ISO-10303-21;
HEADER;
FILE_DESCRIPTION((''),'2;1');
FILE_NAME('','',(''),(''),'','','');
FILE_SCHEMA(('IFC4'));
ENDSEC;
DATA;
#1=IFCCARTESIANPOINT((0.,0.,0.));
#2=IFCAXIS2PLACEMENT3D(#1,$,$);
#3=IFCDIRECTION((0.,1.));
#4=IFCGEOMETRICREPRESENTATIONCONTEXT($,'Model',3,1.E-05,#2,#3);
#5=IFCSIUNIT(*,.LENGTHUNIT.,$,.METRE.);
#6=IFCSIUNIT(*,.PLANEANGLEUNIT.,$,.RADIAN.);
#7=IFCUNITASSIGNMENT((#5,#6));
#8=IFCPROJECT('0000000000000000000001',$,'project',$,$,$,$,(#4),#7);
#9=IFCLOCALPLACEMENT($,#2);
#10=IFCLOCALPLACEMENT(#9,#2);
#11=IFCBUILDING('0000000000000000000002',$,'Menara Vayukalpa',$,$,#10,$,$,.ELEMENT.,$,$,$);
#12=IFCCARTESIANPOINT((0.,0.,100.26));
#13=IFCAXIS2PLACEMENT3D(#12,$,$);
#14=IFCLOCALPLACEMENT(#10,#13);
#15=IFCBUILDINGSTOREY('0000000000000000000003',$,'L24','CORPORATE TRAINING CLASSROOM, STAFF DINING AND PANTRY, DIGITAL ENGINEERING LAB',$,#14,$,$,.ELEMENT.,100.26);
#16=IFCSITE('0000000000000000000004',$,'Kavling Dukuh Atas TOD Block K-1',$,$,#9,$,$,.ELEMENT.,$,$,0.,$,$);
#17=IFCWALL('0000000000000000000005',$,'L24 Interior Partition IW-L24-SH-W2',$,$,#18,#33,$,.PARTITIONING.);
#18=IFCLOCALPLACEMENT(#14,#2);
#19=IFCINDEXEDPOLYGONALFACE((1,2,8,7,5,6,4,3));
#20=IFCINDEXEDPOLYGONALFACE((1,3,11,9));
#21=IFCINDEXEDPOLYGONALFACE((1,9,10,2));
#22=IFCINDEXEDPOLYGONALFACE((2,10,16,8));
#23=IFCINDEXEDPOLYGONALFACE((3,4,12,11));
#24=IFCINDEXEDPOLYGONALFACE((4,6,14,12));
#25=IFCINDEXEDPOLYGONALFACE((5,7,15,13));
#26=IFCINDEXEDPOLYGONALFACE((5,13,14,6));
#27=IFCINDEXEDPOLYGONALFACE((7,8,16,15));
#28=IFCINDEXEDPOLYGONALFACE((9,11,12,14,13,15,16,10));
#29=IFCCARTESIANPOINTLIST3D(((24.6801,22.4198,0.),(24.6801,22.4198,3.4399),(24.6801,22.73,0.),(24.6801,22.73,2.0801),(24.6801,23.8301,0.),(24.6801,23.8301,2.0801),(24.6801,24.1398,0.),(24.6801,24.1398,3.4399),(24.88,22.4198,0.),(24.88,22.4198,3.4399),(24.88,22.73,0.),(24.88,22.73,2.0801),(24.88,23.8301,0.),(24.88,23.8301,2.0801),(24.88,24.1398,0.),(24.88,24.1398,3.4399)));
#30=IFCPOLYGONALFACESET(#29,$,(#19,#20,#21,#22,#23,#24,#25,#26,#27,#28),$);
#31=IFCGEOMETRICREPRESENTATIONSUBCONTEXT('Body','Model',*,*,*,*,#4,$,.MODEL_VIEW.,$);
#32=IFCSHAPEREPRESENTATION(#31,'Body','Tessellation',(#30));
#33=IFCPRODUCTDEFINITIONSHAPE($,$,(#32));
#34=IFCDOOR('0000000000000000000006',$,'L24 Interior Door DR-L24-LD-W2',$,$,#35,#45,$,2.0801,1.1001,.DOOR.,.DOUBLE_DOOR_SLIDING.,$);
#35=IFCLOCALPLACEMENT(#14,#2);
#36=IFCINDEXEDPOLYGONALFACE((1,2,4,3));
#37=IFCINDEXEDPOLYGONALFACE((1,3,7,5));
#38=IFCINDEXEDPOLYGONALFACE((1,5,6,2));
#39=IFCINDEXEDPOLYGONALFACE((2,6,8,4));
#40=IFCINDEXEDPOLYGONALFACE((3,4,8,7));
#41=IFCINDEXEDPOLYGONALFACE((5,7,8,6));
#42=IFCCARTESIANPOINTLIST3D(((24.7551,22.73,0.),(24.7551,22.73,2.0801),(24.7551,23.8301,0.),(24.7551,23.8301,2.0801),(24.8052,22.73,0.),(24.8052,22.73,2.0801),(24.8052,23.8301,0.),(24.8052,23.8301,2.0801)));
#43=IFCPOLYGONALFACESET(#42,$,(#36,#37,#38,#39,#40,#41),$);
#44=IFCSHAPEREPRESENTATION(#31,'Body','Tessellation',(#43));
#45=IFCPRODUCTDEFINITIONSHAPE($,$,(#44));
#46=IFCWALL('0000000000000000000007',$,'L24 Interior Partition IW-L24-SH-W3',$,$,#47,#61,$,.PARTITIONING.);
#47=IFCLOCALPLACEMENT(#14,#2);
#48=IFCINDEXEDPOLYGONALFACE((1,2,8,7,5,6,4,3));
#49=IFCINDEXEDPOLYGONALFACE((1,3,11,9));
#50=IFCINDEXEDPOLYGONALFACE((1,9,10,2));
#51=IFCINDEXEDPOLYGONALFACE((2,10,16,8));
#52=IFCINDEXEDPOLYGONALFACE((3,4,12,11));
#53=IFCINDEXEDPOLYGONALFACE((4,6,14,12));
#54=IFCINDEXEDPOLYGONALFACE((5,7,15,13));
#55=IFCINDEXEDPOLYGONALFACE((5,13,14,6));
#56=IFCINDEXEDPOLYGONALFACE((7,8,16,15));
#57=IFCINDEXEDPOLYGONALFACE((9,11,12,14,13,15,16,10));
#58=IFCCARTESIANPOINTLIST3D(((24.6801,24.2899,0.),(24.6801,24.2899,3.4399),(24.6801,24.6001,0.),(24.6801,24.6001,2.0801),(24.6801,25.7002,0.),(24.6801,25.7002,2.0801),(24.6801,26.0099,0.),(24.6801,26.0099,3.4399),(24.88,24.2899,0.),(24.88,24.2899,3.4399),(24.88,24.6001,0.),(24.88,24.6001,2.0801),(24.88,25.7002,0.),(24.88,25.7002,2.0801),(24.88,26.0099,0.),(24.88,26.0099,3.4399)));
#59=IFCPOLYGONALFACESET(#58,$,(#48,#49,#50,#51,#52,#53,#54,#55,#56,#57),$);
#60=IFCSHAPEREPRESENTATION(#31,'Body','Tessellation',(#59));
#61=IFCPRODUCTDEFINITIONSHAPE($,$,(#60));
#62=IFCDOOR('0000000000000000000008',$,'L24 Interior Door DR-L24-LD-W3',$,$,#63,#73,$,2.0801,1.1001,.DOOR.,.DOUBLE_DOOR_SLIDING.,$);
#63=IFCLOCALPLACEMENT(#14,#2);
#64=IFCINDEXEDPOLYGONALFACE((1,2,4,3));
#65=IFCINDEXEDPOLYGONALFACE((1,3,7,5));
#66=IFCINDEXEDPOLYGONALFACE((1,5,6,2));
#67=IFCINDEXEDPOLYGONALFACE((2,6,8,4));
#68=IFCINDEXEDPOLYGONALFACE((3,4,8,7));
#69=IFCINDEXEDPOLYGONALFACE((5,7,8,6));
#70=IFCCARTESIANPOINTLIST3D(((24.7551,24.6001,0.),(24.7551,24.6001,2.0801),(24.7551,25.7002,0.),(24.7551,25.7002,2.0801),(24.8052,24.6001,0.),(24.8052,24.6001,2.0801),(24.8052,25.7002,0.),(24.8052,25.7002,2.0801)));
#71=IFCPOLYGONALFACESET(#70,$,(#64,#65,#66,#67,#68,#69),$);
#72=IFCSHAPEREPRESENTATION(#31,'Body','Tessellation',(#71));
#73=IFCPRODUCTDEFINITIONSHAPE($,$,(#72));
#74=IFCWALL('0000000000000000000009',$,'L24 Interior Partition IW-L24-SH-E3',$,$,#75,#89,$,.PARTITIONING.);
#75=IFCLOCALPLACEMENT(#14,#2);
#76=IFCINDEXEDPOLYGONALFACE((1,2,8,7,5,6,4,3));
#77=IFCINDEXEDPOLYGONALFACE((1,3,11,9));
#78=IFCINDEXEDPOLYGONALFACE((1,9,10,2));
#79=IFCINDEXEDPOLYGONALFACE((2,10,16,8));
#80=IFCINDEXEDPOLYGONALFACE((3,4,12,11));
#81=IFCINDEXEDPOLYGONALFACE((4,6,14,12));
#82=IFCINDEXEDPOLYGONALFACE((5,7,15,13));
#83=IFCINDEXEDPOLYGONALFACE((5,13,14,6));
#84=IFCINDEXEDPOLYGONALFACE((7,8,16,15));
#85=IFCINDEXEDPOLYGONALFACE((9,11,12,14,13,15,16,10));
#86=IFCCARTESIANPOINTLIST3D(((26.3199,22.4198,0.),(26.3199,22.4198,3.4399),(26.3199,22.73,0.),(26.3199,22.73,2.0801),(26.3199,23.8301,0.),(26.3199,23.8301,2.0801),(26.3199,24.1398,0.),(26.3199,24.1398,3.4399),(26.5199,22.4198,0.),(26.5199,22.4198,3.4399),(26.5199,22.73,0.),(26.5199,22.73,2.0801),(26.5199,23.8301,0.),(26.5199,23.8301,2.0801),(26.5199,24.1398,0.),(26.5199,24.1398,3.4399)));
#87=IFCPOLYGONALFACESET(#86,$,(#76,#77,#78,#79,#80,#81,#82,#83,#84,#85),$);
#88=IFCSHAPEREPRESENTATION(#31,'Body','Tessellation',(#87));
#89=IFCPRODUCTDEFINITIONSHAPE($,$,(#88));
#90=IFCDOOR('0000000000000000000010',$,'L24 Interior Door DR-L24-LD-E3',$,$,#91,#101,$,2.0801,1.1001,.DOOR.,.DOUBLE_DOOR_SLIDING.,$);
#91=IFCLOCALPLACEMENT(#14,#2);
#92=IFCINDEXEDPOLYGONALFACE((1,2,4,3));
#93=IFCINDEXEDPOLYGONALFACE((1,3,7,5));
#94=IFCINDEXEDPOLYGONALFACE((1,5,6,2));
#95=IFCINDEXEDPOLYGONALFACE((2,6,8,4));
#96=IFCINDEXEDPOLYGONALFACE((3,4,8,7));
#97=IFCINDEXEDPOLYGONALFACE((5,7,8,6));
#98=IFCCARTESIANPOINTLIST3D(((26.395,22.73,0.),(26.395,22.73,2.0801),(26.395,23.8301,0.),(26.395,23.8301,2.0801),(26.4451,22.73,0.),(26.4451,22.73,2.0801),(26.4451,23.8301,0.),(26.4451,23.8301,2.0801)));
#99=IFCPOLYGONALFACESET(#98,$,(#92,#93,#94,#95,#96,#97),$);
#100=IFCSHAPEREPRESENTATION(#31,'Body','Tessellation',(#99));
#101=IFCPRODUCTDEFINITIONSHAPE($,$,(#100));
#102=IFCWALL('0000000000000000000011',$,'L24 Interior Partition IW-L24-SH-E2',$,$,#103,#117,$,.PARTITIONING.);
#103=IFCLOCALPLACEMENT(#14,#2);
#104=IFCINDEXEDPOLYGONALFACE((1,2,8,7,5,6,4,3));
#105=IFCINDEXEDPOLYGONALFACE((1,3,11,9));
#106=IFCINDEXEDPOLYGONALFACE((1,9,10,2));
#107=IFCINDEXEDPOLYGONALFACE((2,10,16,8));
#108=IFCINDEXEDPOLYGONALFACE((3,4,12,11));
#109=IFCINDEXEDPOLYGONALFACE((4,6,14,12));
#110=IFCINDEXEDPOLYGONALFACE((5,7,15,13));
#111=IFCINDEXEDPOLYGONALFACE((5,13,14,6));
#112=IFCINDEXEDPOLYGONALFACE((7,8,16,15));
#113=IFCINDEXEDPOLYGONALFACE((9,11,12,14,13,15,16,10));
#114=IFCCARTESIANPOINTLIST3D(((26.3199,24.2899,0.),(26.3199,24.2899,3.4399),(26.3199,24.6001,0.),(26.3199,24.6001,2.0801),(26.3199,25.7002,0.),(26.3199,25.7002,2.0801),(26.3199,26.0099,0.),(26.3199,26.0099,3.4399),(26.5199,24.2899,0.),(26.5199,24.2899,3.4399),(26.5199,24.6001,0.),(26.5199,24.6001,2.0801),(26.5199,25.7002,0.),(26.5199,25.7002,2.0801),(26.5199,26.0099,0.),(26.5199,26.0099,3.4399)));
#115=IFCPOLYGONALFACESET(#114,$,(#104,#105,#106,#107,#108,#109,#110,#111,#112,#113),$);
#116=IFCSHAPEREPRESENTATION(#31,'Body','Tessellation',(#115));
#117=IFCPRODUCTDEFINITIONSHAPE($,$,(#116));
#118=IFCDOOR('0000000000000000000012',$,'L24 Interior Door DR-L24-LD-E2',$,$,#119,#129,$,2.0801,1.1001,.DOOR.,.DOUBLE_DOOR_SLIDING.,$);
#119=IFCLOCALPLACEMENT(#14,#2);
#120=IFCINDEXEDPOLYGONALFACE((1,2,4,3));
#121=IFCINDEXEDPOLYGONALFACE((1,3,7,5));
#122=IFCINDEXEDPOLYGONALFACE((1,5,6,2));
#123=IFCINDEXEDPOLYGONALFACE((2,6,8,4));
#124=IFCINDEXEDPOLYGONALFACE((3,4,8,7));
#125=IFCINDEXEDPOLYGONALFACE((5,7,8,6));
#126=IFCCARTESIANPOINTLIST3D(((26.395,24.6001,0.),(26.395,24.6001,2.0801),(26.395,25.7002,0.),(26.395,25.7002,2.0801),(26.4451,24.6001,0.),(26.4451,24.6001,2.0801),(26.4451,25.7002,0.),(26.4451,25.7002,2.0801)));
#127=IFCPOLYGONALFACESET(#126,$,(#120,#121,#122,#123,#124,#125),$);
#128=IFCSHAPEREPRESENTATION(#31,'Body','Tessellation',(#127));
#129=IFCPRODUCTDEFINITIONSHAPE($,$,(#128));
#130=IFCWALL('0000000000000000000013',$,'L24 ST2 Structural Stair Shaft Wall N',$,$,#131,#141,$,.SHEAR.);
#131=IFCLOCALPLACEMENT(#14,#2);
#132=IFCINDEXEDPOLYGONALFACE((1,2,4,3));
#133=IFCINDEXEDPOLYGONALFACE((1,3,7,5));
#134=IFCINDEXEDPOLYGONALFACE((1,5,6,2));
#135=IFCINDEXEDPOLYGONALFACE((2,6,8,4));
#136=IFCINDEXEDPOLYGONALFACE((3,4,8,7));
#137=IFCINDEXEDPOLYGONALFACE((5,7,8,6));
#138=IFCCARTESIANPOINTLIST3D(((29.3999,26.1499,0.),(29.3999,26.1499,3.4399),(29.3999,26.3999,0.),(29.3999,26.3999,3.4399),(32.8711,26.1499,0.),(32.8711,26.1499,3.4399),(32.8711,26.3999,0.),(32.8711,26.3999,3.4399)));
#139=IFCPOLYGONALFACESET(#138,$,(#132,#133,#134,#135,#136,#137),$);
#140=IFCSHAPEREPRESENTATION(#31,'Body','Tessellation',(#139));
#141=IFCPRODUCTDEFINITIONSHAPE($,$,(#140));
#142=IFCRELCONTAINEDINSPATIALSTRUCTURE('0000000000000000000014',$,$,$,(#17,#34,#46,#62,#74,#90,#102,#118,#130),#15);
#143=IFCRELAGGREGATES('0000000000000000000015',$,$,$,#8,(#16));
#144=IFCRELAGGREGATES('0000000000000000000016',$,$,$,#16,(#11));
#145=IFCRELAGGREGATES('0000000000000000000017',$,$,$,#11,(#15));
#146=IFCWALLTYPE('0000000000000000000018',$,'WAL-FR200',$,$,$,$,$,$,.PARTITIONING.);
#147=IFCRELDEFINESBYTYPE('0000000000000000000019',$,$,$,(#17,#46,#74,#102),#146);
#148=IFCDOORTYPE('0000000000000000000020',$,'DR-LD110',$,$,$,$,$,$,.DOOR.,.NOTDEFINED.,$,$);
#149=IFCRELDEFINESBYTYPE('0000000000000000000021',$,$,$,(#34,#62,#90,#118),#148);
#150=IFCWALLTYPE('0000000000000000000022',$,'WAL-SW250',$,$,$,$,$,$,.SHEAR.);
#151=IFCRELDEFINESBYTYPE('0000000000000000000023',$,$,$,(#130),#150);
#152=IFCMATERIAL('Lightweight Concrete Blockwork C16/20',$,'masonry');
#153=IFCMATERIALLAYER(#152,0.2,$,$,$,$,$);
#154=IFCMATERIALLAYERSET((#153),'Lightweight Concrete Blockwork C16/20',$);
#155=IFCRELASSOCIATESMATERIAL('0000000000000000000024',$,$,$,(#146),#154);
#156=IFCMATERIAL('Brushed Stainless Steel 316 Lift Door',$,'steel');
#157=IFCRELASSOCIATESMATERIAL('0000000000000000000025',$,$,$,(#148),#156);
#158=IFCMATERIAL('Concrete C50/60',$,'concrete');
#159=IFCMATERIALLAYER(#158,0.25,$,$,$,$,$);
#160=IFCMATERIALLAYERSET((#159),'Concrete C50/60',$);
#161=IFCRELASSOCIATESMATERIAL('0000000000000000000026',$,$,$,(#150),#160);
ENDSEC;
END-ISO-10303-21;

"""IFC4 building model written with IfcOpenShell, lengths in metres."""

from ifc_helpers import new_model, si_unit, direction, frame, frame_2d, origin, place, context, subcontext, project, spatial, rectangle, extrude, material, layer, layer_set, type_object, element, fill, save


model = new_model("IFC4")

# Units and contexts
model_context = context("Model", 3, precision=1e-05, world=origin(), true_north=direction((0.0, 1.0)))
body_context = subcontext(model_context, "Body", "Model", "MODEL_VIEW")
ifc_project = project(units=[si_unit("LENGTHUNIT", "METRE"), si_unit("PLANEANGLEUNIT", "RADIAN")], contexts=[model_context])

# Site, building, storey
site_placement = place(None, origin())
site = spatial("IfcSite", under=ifc_project, at=site_placement, Name="Kavling Dukuh Atas TOD Block K-1", CompositionType="ELEMENT", RefElevation=0.0)
building_placement = place(site_placement, origin())
building = spatial("IfcBuilding", under=site, at=building_placement, Name="Menara Vayukalpa", CompositionType="ELEMENT")
storey_placement = place(building_placement, frame((0.0, 0.0, 100.26)))
storey = spatial("IfcBuildingStorey", under=building, at=storey_placement, Name="L24", Description="CORPORATE TRAINING CLASSROOM, STAFF DINING AND PANTRY, DIGITAL ENGINEERING LAB", CompositionType="ELEMENT", Elevation=100.26)

# Walls, openings, doors
ifc_material_1 = material(Name="Lightweight Concrete Blockwork C16/20", Category="masonry")
ifc_layer_1 = layer(ifc_material_1, 0.2)
ifc_layer_set_1 = layer_set([ifc_layer_1], Name="Lightweight Concrete Blockwork C16/20")
wall_type_1 = type_object("IfcWallType", Name="WAL-FR200", PredefinedType="PARTITIONING", material=ifc_layer_set_1)
ifc_material_2 = material(Name="Brushed Stainless Steel 316 Lift Door", Category="steel")
door_type = type_object("IfcDoorType", Name="DR-LD110", OperationType="NOTDEFINED", PredefinedType="DOOR", material=ifc_material_2)
wall_1_placement = place(storey_placement, frame((24.78, 22.4199, 0.0), z_axis=(0.0, 0.0, 1.0), x_axis=(0.0, 1.0, 0.0)))
wall_1 = element("IfcWall", 1, at=wall_1_placement, inside=storey, type_object=wall_type_1, Name="L24 Interior Partition IW-L24-SH-W2", PredefinedType="PARTITIONING", context=body_context, shape_type="SweptSolid", body=[
    extrude(rectangle(XDim=1.72, YDim=0.2, at=frame_2d((0.8599, 0.0))), origin(), (0.0, 0.0, 1.0), 3.4399),
])
opening_1_placement = place(wall_1_placement, frame((0.3101, 0.0, 0.0)))
opening_1 = element("IfcOpeningElement", 2, at=opening_1_placement, cuts=wall_1, PredefinedType="OPENING", context=body_context, shape_type="SweptSolid", body=[
    extrude(rectangle(XDim=1.1001, YDim=2.0801, at=frame_2d((0.55, 1.04))), frame((0.0, 0.1099, 0.0), z_axis=(0.0, -1.0, 0.0), x_axis=(1.0, 0.0, 0.0)), (0.0, 0.0, 1.0), 0.22),
])
door_1_placement = place(opening_1_placement, origin())
door_1 = element("IfcDoor", 3, at=door_1_placement, inside=storey, type_object=door_type, Name="L24 Interior Door DR-L24-LD-W2", OperationType="DOUBLE_DOOR_SLIDING", OverallHeight=2.0801, OverallWidth=1.1001, PredefinedType="DOOR", context=body_context, shape_type="SweptSolid", body=[
    extrude(rectangle(XDim=1.1001, YDim=2.0801, at=frame_2d((0.55, 1.04))), frame((0.0, 0.0249, 0.0), z_axis=(0.0, -1.0, 0.0), x_axis=(1.0, 0.0, 0.0)), (0.0, 0.0, 1.0), 0.05),
])
fill(opening_1, door_1)
wall_2_placement = place(storey_placement, frame((24.78, 24.29, 0.0), z_axis=(0.0, 0.0, 1.0), x_axis=(0.0, 1.0, 0.0)))
wall_2 = element("IfcWall", 4, at=wall_2_placement, inside=storey, type_object=wall_type_1, Name="L24 Interior Partition IW-L24-SH-W3", PredefinedType="PARTITIONING", context=body_context, shape_type="SweptSolid", body=[
    extrude(rectangle(XDim=1.72, YDim=0.2, at=frame_2d((0.8599, 0.0))), origin(), (0.0, 0.0, 1.0), 3.4399),
])
opening_2_placement = place(wall_2_placement, frame((0.3101, 0.0, 0.0)))
opening_2 = element("IfcOpeningElement", 5, at=opening_2_placement, cuts=wall_2, PredefinedType="OPENING", context=body_context, shape_type="SweptSolid", body=[
    extrude(rectangle(XDim=1.1001, YDim=2.0801, at=frame_2d((0.55, 1.04))), frame((0.0, 0.1099, 0.0), z_axis=(0.0, -1.0, 0.0), x_axis=(1.0, 0.0, 0.0)), (0.0, 0.0, 1.0), 0.22),
])
door_2_placement = place(opening_2_placement, origin())
door_2 = element("IfcDoor", 6, at=door_2_placement, inside=storey, type_object=door_type, Name="L24 Interior Door DR-L24-LD-W3", OperationType="DOUBLE_DOOR_SLIDING", OverallHeight=2.0801, OverallWidth=1.1001, PredefinedType="DOOR", context=body_context, shape_type="SweptSolid", body=[
    extrude(rectangle(XDim=1.1001, YDim=2.0801, at=frame_2d((0.55, 1.04))), frame((0.0, 0.0249, 0.0), z_axis=(0.0, -1.0, 0.0), x_axis=(1.0, 0.0, 0.0)), (0.0, 0.0, 1.0), 0.05),
])
fill(opening_2, door_2)
wall_3_placement = place(storey_placement, frame((26.4199, 22.4199, 0.0), z_axis=(0.0, 0.0, 1.0), x_axis=(0.0, 1.0, 0.0)))
wall_3 = element("IfcWall", 7, at=wall_3_placement, inside=storey, type_object=wall_type_1, Name="L24 Interior Partition IW-L24-SH-E3", PredefinedType="PARTITIONING", context=body_context, shape_type="SweptSolid", body=[
    extrude(rectangle(XDim=1.72, YDim=0.2, at=frame_2d((0.8599, 0.0))), origin(), (0.0, 0.0, 1.0), 3.4399),
])
opening_3_placement = place(wall_3_placement, frame((0.3101, 0.0, 0.0)))
opening_3 = element("IfcOpeningElement", 8, at=opening_3_placement, cuts=wall_3, PredefinedType="OPENING", context=body_context, shape_type="SweptSolid", body=[
    extrude(rectangle(XDim=1.1001, YDim=2.0801, at=frame_2d((0.55, 1.04))), frame((0.0, 0.1099, 0.0), z_axis=(0.0, -1.0, 0.0), x_axis=(1.0, 0.0, 0.0)), (0.0, 0.0, 1.0), 0.22),
])
door_3_placement = place(opening_3_placement, origin())
door_3 = element("IfcDoor", 9, at=door_3_placement, inside=storey, type_object=door_type, Name="L24 Interior Door DR-L24-LD-E3", OperationType="DOUBLE_DOOR_SLIDING", OverallHeight=2.0801, OverallWidth=1.1001, PredefinedType="DOOR", context=body_context, shape_type="SweptSolid", body=[
    extrude(rectangle(XDim=1.1001, YDim=2.0801, at=frame_2d((0.55, 1.04))), frame((0.0, 0.0249, 0.0), z_axis=(0.0, -1.0, 0.0), x_axis=(1.0, 0.0, 0.0)), (0.0, 0.0, 1.0), 0.05),
])
fill(opening_3, door_3)
wall_4_placement = place(storey_placement, frame((26.4199, 24.29, 0.0), z_axis=(0.0, 0.0, 1.0), x_axis=(0.0, 1.0, 0.0)))
wall_4 = element("IfcWall", 10, at=wall_4_placement, inside=storey, type_object=wall_type_1, Name="L24 Interior Partition IW-L24-SH-E2", PredefinedType="PARTITIONING", context=body_context, shape_type="SweptSolid", body=[
    extrude(rectangle(XDim=1.72, YDim=0.2, at=frame_2d((0.8599, 0.0))), origin(), (0.0, 0.0, 1.0), 3.4399),
])
opening_4_placement = place(wall_4_placement, frame((0.3101, 0.0, 0.0)))
opening_4 = element("IfcOpeningElement", 11, at=opening_4_placement, cuts=wall_4, PredefinedType="OPENING", context=body_context, shape_type="SweptSolid", body=[
    extrude(rectangle(XDim=1.1001, YDim=2.0801, at=frame_2d((0.55, 1.04))), frame((0.0, 0.1099, 0.0), z_axis=(0.0, -1.0, 0.0), x_axis=(1.0, 0.0, 0.0)), (0.0, 0.0, 1.0), 0.22),
])
door_4_placement = place(opening_4_placement, origin())
door_4 = element("IfcDoor", 12, at=door_4_placement, inside=storey, type_object=door_type, Name="L24 Interior Door DR-L24-LD-E2", OperationType="DOUBLE_DOOR_SLIDING", OverallHeight=2.0801, OverallWidth=1.1001, PredefinedType="DOOR", context=body_context, shape_type="SweptSolid", body=[
    extrude(rectangle(XDim=1.1001, YDim=2.0801, at=frame_2d((0.55, 1.04))), frame((0.0, 0.0249, 0.0), z_axis=(0.0, -1.0, 0.0), x_axis=(1.0, 0.0, 0.0)), (0.0, 0.0, 1.0), 0.05),
])
fill(opening_4, door_4)

# Wall
ifc_material_3 = material(Name="Concrete C50/60", Category="concrete")
ifc_layer_2 = layer(ifc_material_3, 0.25)
ifc_layer_set_2 = layer_set([ifc_layer_2], Name="Concrete C50/60")
wall_type_2 = type_object("IfcWallType", Name="WAL-SW250", PredefinedType="SHEAR", material=ifc_layer_set_2)
wall_5_placement = place(storey_placement, frame((29.3999, 26.2749, 0.0), z_axis=(0.0, 0.0, 1.0), x_axis=(1.0, 0.0, 0.0)))
element("IfcWall", 13, at=wall_5_placement, inside=storey, type_object=wall_type_2, Name="L24 ST2 Structural Stair Shaft Wall N", PredefinedType="SHEAR", context=body_context, shape_type="SweptSolid", body=[
    extrude(rectangle(XDim=3.4712, YDim=0.25, at=frame_2d((1.7356, 0.0))), origin(), (0.0, 0.0, 1.0), 3.4399),
])

save(model, "model.ifc")
